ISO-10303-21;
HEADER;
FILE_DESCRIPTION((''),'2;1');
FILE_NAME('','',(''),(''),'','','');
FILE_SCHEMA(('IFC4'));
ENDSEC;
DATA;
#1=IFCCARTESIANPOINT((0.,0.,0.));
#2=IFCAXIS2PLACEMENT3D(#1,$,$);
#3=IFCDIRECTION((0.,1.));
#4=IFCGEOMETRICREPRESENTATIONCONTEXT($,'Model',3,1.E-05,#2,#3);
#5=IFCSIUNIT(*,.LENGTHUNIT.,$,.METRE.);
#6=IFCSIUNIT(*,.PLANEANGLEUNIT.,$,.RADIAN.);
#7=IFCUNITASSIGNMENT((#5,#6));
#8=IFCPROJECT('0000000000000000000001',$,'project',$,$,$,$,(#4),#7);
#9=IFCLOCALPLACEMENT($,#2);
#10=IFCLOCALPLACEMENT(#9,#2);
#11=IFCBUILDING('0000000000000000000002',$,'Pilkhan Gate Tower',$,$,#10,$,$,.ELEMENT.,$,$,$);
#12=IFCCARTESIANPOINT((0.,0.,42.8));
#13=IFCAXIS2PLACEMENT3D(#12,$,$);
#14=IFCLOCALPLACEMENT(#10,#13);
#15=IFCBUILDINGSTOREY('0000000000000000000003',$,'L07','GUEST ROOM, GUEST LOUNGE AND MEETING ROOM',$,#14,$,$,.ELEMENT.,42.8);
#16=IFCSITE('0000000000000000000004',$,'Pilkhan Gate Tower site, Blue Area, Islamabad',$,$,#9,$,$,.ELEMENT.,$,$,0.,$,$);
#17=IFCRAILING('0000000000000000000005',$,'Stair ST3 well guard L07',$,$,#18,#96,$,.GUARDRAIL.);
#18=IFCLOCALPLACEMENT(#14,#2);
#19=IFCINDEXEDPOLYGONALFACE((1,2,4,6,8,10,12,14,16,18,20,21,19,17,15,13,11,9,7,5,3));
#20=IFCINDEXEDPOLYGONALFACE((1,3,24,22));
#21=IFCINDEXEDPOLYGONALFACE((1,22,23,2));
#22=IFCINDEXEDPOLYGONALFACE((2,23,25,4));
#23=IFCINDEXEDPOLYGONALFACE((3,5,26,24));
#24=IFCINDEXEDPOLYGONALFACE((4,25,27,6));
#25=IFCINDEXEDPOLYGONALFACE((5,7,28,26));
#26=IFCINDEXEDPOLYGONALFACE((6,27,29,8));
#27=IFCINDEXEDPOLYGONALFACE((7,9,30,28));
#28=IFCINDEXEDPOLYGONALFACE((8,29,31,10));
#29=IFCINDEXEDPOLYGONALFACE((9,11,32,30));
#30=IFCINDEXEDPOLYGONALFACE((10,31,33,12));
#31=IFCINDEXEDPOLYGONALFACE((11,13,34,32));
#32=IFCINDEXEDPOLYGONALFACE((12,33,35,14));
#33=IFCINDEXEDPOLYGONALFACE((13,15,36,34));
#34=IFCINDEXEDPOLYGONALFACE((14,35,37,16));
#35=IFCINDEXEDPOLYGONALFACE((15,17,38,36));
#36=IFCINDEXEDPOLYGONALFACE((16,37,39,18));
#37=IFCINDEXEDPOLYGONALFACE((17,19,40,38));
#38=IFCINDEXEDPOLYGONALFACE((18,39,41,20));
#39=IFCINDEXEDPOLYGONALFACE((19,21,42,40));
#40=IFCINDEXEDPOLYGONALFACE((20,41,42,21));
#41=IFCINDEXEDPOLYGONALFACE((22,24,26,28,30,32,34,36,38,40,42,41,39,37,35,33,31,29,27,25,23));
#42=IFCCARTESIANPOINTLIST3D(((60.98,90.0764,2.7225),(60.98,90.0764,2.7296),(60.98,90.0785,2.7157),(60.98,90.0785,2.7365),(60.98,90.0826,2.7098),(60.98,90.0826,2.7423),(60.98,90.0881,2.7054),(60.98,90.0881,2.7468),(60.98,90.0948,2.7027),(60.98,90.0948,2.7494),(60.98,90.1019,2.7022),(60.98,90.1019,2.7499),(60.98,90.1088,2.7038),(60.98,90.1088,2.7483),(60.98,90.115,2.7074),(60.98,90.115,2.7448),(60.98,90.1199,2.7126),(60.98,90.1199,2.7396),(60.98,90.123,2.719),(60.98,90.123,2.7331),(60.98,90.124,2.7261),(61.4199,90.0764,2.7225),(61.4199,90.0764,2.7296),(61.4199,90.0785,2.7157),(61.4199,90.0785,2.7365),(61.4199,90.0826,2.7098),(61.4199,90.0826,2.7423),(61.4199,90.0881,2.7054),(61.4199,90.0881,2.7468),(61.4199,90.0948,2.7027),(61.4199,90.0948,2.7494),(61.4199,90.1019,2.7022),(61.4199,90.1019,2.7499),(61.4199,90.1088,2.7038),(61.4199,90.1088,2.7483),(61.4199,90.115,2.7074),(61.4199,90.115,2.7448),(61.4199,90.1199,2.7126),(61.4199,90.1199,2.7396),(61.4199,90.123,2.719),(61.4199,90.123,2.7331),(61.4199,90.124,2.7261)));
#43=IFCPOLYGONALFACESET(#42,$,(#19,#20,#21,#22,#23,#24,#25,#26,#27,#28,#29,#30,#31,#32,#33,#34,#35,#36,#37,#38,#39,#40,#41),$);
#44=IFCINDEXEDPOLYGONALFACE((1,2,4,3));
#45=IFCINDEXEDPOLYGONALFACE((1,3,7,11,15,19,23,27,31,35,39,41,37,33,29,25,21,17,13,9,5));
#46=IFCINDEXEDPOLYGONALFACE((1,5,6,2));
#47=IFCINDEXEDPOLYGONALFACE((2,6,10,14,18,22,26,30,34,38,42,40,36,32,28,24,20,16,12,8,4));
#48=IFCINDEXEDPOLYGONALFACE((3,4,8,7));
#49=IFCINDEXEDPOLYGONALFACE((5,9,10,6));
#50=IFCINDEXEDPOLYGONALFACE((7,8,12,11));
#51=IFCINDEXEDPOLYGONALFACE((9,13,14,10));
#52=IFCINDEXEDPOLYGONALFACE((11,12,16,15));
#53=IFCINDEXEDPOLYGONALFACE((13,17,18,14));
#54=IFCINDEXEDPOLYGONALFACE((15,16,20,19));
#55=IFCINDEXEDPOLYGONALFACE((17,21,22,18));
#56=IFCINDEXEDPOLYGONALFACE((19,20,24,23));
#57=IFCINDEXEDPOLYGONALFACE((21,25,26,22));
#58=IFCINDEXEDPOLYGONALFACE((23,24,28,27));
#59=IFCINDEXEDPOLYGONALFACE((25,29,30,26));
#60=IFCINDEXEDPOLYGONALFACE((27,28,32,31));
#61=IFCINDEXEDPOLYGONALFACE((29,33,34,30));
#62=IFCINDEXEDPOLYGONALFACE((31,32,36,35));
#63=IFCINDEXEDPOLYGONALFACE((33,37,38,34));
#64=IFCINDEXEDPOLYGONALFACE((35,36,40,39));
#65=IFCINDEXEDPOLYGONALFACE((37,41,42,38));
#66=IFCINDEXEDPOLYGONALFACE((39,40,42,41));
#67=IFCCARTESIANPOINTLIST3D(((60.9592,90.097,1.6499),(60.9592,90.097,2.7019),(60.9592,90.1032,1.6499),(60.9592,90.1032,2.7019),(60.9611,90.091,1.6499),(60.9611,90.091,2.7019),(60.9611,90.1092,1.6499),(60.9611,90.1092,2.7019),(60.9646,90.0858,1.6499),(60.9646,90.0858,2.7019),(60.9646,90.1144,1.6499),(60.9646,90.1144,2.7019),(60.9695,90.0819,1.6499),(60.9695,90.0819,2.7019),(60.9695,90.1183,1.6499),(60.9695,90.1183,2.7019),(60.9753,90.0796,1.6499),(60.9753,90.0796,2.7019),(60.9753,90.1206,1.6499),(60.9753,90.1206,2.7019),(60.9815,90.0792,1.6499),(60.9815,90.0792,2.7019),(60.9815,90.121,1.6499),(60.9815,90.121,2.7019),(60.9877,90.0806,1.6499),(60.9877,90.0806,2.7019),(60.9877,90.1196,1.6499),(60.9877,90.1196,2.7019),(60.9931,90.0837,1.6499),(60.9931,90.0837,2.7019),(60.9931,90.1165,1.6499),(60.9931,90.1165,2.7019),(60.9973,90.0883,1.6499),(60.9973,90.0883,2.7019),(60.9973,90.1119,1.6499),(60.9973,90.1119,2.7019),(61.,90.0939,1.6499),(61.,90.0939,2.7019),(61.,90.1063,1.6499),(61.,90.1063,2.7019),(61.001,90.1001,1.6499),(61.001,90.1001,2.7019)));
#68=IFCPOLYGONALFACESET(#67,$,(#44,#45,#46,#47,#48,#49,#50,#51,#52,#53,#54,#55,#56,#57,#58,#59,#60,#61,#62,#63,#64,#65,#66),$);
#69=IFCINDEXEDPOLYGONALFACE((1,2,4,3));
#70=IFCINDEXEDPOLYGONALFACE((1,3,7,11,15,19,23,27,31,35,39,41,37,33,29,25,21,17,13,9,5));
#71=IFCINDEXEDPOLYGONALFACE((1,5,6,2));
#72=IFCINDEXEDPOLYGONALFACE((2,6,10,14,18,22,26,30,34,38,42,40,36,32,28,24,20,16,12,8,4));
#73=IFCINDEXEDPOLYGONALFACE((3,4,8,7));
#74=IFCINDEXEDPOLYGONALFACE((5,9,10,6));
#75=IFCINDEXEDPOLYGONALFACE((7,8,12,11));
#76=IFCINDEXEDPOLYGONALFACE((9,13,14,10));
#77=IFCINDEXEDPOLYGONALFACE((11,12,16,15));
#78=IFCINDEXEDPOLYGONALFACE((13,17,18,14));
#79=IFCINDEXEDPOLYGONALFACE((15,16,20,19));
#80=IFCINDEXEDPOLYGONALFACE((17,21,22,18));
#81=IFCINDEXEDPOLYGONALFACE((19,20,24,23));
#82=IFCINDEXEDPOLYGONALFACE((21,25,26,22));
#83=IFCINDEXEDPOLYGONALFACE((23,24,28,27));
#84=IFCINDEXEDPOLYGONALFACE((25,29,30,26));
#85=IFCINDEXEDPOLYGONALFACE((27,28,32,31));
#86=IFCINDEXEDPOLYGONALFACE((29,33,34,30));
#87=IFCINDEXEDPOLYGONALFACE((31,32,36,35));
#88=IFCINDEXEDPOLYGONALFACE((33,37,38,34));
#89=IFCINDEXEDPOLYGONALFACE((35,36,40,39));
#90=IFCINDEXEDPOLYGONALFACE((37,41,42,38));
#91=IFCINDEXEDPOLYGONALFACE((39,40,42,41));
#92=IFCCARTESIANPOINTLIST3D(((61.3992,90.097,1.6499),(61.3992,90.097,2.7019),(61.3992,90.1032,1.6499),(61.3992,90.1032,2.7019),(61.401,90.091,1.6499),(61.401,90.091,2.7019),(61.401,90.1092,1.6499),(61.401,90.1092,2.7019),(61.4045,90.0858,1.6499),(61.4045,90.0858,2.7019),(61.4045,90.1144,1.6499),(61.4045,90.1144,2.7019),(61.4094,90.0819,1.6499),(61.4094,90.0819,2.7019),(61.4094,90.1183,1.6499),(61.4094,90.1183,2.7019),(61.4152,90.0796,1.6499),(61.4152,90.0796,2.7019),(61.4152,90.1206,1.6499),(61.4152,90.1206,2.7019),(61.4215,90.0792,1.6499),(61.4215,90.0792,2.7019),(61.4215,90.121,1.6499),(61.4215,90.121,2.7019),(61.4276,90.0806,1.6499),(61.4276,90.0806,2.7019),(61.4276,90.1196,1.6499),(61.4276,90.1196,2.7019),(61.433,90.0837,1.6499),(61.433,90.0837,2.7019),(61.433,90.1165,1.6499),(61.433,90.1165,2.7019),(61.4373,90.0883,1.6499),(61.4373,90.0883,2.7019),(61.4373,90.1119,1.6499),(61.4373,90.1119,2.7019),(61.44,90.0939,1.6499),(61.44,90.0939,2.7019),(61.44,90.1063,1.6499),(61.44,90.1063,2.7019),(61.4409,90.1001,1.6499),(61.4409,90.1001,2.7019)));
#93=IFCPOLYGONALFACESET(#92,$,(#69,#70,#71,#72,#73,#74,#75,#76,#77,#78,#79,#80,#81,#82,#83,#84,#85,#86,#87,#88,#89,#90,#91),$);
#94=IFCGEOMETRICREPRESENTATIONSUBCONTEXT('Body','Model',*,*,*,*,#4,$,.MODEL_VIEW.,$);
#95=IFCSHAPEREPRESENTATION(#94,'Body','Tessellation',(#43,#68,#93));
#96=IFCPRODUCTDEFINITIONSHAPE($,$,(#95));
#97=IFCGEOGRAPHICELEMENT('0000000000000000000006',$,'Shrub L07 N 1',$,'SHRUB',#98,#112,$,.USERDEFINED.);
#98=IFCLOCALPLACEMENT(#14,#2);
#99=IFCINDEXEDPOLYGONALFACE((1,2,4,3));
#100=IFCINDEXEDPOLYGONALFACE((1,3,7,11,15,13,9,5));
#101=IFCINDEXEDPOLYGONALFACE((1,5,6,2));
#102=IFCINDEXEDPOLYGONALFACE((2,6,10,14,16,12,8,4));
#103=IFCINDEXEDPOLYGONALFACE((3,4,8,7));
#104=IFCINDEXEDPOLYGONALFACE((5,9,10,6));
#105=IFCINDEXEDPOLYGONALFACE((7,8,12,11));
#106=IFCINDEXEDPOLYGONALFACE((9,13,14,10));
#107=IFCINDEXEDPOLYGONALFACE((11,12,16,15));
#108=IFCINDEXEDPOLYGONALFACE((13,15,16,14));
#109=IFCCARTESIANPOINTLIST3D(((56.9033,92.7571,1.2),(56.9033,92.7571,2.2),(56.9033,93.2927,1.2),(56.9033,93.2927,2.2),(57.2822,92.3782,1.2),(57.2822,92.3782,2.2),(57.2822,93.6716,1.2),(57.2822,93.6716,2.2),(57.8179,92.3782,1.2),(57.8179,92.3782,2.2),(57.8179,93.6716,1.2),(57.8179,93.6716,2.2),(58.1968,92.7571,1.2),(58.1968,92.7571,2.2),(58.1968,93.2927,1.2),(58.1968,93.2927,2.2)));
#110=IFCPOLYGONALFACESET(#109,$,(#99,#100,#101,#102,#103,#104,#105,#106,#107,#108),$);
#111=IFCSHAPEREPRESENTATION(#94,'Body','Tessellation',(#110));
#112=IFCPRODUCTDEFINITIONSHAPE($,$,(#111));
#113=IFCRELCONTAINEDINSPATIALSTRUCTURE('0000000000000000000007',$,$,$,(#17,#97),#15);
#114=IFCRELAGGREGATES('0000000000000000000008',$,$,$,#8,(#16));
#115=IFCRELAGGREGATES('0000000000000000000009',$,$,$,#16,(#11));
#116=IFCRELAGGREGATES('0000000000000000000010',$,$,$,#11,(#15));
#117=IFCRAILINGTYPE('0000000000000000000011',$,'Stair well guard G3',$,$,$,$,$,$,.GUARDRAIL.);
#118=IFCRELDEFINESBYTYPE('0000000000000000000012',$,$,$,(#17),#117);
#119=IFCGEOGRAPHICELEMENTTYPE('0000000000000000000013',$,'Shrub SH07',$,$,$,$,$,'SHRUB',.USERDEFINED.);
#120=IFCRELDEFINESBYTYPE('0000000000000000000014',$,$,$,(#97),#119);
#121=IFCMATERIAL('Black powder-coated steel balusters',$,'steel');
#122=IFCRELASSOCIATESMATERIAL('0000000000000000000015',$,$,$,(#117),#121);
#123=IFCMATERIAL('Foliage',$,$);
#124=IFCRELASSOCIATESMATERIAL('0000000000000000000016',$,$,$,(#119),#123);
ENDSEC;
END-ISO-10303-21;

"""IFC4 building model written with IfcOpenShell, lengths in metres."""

from ifc_helpers import new_model, si_unit, direction, frame, origin, origin_2d, place, context, subcontext, project, spatial, polyline, circle, outline, extrude, material, material_profile, profile_set, type_object, element, save


model = new_model("IFC4")

# Units and contexts
model_context = context("Model", 3, precision=1e-05, world=origin(), true_north=direction((0.0, 1.0)))
body_context = subcontext(model_context, "Body", "Model", "MODEL_VIEW")
ifc_project = project(units=[si_unit("LENGTHUNIT", "METRE"), si_unit("PLANEANGLEUNIT", "RADIAN")], contexts=[model_context])

# Site, building, storey
site_placement = place(None, origin())
site = spatial("IfcSite", under=ifc_project, at=site_placement, Name="Pilkhan Gate Tower site, Blue Area, Islamabad", CompositionType="ELEMENT", RefElevation=0.0)
building_placement = place(site_placement, origin())
building = spatial("IfcBuilding", under=site, at=building_placement, Name="Pilkhan Gate Tower", CompositionType="ELEMENT")
storey_placement = place(building_placement, frame((0.0, 0.0, 42.8)))
storey = spatial("IfcBuildingStorey", under=building, at=storey_placement, Name="L07", Description="GUEST ROOM, GUEST LOUNGE AND MEETING ROOM", CompositionType="ELEMENT", Elevation=42.8)

# Railing
ifc_material_1 = material(Name="Black powder-coated steel balusters", Category="steel")
railing_type_1 = type_object("IfcRailingType", Name="Stair well guard G3", PredefinedType="GUARDRAIL", material=ifc_material_1)
railing_1_placement = place(storey_placement, frame((60.98, 90.1001, 1.6499)))
element("IfcRailing", 1, at=railing_1_placement, inside=storey, type_object=railing_type_1, Name="Stair ST3 well guard L07", PredefinedType="GUARDRAIL", context=body_context, shape_type="SweptSolid", body=[
    extrude(circle(Radius=0.0239, at=origin_2d()), frame((0.0, 0.0, 1.0762), z_axis=(1.0, 0.0, 0.0), x_axis=(0.0, 1.0, 0.0)), (0.0, 0.0, 1.0), 0.4399),
    extrude(circle(Radius=0.021, at=origin_2d()), origin(), (0.0, 0.0, 1.0), 1.052),
    extrude(circle(Radius=0.021, at=origin_2d()), frame((0.4399, 0.0, 0.0)), (0.0, 0.0, 1.0), 1.052),
])

# Geographic element
ifc_material_2 = material(Name="Foliage")
ifc_material_profile_1 = material_profile(ifc_material_2, outline(polyline([(0.6467, 0.2678), (0.2678, 0.6467), (-0.2678, 0.6467), (-0.6467, 0.2678), (-0.6467, -0.2678), (-0.2678, -0.6467), (0.2678, -0.6467), (0.6467, -0.2678), (0.6467, 0.2678)])), Name="Shrub D1.4")
ifc_profile_set_1 = profile_set([ifc_material_profile_1], Name="Foliage")
geographic_element_type = type_object("IfcGeographicElementType", Name="Shrub SH07", ElementType="SHRUB", PredefinedType="USERDEFINED", material=ifc_profile_set_1)
geographic_element_placement = place(storey_placement, frame((57.55, 93.0249, 1.2), z_axis=(0.0, 0.0, 1.0), x_axis=(1.0, 0.0, 0.0)))
element("IfcGeographicElement", 2, at=geographic_element_placement, inside=storey, type_object=geographic_element_type, Name="Shrub L07 N 1", ObjectType="SHRUB", PredefinedType="USERDEFINED", context=body_context, shape_type="SweptSolid", body=[
    extrude(outline(polyline([(0.6467, 0.2678), (0.2678, 0.6467), (-0.2678, 0.6467), (-0.6467, 0.2678), (-0.6467, -0.2678), (-0.2678, -0.6467), (0.2678, -0.6467), (0.6467, -0.2678), (0.6467, 0.2678)])), origin(), (0.0, 0.0, 1.0), 1.0),
])

save(model, "model.ifc")
